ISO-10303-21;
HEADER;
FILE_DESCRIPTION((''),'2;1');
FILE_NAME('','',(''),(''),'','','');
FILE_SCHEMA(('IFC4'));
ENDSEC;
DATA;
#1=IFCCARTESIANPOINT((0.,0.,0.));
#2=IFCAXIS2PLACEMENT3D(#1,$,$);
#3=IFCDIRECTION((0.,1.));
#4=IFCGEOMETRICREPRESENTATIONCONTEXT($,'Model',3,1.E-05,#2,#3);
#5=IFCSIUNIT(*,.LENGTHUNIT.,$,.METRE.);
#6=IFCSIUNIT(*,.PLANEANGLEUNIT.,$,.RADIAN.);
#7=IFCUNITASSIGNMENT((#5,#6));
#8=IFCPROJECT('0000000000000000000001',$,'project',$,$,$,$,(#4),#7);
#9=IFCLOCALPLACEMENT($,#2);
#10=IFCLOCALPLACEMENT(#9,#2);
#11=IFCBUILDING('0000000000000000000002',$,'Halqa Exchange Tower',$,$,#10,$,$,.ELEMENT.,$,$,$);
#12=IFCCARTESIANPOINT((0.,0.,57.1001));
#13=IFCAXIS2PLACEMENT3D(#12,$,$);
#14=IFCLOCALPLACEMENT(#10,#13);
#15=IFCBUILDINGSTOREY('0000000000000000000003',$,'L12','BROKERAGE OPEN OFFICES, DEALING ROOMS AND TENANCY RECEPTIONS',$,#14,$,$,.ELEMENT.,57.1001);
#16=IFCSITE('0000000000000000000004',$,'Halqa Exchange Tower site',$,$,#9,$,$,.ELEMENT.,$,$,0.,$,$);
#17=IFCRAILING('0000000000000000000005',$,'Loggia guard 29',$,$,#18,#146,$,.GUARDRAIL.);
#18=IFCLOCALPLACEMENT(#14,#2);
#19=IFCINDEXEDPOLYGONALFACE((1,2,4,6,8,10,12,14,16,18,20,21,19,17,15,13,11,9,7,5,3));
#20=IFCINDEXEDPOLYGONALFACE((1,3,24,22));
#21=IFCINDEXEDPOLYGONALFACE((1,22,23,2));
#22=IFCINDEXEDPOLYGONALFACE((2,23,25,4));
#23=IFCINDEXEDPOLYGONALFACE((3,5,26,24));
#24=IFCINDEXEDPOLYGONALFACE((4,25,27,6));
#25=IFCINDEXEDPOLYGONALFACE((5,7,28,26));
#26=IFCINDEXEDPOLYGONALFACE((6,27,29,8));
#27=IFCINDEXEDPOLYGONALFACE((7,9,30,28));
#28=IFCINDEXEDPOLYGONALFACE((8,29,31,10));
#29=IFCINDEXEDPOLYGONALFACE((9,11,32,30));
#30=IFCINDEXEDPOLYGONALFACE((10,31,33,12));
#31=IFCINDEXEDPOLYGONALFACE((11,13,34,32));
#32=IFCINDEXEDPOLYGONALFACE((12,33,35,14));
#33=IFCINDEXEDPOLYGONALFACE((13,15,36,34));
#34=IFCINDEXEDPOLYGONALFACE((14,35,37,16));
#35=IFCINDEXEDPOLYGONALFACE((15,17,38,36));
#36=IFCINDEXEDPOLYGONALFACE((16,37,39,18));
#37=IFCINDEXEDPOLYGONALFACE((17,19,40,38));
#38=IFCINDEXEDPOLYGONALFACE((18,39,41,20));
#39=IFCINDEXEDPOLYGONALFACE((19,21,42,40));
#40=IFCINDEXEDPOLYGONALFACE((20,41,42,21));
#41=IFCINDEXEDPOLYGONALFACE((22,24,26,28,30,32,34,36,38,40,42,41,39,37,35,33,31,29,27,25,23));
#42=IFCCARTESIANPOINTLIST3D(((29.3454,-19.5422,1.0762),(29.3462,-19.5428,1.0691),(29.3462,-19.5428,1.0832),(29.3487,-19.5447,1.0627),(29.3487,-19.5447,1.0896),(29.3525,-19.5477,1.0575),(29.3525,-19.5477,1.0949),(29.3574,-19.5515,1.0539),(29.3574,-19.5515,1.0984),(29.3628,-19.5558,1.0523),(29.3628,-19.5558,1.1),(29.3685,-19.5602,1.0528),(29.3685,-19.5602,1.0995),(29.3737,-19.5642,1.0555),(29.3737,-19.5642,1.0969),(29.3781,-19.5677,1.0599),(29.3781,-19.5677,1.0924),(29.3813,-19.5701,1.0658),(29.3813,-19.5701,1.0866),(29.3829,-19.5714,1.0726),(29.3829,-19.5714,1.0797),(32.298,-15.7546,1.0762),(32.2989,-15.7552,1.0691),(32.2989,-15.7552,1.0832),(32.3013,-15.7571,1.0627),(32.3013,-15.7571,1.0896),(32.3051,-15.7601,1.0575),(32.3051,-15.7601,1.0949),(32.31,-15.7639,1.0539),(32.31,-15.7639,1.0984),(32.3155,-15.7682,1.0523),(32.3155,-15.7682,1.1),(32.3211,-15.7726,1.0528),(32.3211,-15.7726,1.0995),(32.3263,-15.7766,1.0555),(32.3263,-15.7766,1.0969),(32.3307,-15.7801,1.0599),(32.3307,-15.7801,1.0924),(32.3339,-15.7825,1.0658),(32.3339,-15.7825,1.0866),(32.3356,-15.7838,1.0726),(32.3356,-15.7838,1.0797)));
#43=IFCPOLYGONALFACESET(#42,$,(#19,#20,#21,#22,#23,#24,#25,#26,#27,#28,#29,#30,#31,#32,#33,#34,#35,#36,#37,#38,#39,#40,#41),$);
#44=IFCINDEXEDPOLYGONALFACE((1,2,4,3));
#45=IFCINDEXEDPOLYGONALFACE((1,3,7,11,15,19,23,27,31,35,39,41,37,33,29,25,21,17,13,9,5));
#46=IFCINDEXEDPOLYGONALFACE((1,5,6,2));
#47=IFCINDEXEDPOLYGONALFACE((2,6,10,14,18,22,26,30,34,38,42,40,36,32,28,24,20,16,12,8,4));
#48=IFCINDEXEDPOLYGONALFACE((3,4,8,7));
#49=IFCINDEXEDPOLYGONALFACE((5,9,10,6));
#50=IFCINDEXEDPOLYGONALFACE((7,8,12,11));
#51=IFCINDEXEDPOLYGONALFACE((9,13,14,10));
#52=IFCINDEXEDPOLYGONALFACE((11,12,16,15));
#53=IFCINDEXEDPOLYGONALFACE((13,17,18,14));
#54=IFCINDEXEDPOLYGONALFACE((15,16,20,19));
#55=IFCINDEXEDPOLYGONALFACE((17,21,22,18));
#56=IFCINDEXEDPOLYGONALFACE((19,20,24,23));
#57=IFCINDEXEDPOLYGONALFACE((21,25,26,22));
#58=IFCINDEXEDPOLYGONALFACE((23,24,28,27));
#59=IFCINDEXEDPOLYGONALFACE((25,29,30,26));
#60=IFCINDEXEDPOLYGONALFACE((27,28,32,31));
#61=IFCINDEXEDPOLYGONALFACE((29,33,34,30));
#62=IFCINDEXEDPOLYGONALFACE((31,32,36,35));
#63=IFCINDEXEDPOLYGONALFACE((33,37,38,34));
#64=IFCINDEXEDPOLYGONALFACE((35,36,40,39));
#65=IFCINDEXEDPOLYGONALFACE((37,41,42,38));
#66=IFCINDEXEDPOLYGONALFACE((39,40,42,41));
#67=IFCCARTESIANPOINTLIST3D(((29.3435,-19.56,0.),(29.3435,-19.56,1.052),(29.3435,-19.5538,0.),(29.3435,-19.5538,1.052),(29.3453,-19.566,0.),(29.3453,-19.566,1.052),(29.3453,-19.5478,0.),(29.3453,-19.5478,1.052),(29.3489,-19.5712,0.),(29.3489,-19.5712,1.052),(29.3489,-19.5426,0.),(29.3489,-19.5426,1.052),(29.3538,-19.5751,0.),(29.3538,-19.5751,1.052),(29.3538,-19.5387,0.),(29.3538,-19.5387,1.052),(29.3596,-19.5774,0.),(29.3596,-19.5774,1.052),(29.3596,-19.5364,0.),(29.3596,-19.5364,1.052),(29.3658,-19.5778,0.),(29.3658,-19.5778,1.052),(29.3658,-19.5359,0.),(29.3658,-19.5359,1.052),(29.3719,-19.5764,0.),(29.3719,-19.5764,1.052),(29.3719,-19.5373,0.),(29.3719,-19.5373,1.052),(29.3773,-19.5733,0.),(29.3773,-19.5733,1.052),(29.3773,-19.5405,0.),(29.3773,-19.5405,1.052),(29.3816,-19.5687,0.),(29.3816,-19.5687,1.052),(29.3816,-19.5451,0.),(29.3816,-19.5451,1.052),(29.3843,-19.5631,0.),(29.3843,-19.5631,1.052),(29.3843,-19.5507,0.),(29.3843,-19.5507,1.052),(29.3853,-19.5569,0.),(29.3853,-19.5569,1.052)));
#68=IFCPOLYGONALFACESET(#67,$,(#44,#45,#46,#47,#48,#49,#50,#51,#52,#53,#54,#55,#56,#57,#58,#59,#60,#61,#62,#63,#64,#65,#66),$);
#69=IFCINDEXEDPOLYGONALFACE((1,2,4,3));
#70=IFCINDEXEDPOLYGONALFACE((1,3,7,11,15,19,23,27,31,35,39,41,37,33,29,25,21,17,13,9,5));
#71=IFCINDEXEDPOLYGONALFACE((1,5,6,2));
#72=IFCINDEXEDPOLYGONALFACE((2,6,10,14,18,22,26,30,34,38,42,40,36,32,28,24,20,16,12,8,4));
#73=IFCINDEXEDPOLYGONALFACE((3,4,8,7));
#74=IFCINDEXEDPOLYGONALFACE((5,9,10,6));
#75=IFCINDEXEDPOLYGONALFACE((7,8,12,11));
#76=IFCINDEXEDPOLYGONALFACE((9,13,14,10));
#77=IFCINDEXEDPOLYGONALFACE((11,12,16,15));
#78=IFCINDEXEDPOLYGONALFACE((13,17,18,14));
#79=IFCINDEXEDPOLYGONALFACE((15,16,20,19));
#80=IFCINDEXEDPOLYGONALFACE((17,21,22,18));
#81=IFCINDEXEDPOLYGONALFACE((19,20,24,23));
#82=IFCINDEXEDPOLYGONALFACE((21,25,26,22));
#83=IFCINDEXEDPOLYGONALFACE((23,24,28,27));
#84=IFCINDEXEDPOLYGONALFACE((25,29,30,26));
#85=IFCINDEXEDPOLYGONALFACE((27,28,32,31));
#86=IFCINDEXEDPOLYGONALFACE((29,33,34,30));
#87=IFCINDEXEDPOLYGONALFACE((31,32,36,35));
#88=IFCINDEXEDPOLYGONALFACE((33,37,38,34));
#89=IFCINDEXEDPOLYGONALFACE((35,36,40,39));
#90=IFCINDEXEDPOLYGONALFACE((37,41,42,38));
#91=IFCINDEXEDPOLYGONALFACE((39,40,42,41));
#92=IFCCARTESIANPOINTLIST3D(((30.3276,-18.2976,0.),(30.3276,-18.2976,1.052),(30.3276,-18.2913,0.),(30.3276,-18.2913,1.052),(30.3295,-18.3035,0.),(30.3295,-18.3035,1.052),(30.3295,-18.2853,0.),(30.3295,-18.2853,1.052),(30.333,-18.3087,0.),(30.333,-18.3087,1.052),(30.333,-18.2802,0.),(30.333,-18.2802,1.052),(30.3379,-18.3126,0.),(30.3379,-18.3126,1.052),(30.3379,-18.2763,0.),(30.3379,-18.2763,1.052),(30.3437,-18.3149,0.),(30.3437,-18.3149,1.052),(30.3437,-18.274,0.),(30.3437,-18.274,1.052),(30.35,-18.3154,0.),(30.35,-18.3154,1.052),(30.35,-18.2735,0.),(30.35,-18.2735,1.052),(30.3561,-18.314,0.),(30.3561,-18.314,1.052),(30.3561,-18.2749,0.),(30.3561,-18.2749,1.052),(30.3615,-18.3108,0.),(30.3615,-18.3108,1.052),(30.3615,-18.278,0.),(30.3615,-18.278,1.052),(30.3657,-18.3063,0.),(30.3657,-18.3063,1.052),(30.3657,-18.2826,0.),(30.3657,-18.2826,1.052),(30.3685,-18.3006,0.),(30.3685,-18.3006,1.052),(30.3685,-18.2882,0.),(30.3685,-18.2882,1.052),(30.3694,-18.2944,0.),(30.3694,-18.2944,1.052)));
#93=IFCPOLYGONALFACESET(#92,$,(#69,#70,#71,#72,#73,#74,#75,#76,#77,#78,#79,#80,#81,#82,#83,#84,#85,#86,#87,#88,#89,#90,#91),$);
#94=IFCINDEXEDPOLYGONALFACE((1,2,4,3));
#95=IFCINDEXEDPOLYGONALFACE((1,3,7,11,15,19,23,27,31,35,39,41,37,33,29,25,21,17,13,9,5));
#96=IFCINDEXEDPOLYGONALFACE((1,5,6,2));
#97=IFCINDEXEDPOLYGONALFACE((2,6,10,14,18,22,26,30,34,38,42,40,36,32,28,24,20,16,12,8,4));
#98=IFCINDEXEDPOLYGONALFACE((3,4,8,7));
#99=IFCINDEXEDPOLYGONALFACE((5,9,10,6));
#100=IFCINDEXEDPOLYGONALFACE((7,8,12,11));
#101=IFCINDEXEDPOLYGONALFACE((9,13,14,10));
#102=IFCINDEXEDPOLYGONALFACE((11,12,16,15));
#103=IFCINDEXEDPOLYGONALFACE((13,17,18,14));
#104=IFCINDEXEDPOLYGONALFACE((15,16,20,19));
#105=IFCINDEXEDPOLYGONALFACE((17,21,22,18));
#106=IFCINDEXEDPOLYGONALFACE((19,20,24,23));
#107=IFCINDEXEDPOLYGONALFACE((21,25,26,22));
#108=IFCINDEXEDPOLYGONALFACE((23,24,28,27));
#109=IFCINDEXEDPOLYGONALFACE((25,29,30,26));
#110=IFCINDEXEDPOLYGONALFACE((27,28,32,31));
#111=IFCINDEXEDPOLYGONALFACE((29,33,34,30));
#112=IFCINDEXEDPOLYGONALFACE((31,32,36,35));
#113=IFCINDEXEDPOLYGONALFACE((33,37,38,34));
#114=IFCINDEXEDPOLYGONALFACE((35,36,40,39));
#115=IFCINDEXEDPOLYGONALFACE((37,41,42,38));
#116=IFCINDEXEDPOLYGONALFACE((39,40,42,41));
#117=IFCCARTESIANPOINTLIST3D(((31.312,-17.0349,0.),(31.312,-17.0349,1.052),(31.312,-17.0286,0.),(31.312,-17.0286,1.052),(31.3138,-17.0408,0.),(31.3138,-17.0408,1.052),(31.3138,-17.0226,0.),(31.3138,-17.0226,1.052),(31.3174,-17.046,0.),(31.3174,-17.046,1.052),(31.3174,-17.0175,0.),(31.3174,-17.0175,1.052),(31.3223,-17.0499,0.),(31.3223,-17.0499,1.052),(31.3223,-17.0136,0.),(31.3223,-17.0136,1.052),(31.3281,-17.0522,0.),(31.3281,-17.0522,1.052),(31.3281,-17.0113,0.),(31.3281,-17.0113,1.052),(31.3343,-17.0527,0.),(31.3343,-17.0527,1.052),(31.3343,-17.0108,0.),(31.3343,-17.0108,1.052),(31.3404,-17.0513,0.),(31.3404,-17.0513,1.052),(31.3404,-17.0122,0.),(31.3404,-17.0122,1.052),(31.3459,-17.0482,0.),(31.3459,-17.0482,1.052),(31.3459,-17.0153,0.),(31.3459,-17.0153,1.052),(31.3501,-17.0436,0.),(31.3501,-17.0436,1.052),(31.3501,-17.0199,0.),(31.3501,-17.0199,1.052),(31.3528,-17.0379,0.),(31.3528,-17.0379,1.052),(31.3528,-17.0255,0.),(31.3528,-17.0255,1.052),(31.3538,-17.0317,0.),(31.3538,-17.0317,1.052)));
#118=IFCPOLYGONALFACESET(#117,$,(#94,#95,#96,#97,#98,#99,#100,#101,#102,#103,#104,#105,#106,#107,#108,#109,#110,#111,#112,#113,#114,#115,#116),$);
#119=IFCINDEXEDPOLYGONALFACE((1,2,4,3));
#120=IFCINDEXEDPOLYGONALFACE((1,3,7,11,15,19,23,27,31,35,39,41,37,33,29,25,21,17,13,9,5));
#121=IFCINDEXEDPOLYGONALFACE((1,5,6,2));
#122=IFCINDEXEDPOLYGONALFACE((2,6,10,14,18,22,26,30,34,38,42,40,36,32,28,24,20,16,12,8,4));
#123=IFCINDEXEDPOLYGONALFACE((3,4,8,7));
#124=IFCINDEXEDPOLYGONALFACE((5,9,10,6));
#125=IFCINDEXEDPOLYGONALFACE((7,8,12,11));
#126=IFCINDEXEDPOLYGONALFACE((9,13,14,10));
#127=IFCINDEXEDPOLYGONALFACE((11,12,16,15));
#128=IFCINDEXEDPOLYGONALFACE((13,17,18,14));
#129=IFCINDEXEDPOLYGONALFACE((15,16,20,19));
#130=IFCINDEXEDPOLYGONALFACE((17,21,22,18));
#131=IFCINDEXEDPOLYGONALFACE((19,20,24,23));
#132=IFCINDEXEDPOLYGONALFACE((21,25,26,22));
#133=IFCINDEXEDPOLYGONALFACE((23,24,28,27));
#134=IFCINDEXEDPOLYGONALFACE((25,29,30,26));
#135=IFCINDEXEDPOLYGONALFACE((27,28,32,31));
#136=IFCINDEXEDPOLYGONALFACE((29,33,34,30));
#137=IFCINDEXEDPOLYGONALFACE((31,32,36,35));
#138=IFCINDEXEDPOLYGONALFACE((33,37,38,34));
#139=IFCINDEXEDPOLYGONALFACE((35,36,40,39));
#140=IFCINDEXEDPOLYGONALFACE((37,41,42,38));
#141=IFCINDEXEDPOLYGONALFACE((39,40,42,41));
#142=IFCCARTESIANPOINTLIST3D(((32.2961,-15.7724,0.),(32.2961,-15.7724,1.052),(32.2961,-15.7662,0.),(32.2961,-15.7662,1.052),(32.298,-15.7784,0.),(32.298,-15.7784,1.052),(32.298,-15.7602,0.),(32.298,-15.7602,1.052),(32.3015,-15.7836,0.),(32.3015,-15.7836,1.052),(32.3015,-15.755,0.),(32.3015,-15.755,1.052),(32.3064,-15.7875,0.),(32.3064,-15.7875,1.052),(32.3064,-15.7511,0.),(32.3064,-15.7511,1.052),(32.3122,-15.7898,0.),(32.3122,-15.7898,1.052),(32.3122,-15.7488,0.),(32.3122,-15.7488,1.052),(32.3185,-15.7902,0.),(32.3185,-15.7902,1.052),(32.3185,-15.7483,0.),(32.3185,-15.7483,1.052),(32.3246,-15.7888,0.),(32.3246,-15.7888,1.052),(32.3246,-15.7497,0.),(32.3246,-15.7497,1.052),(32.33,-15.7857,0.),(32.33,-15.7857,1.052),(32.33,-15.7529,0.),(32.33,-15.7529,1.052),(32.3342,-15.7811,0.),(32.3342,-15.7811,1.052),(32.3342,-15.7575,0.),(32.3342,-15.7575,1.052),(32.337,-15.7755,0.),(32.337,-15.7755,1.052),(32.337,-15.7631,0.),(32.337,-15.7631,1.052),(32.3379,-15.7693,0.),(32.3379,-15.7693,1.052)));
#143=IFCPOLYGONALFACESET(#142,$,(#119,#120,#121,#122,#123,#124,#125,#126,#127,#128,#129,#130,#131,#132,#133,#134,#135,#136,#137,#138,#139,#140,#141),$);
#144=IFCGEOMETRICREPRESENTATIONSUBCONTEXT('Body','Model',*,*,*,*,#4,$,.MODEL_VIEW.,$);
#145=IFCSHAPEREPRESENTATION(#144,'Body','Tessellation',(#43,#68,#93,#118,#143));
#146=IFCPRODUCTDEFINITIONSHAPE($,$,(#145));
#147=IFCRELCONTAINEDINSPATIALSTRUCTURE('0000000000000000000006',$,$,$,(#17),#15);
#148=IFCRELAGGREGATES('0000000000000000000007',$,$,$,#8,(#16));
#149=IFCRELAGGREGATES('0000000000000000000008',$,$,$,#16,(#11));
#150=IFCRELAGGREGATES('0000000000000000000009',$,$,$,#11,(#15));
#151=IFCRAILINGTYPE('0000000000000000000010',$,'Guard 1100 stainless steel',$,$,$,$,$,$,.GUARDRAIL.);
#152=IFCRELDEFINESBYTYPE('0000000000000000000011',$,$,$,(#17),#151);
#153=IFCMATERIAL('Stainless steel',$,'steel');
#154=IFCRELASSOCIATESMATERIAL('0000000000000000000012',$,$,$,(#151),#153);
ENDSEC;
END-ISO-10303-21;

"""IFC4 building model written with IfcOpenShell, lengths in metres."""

from ifc_helpers import new_model, si_unit, direction, frame, origin, origin_2d, place, context, subcontext, project, spatial, circle, extrude, material, type_object, element, save


model = new_model("IFC4")

# Units and contexts
model_context = context("Model", 3, precision=1e-05, world=origin(), true_north=direction((0.0, 1.0)))
body_context = subcontext(model_context, "Body", "Model", "MODEL_VIEW")
ifc_project = project(units=[si_unit("LENGTHUNIT", "METRE"), si_unit("PLANEANGLEUNIT", "RADIAN")], contexts=[model_context])

# Site, building, storey
site_placement = place(None, origin())
site = spatial("IfcSite", under=ifc_project, at=site_placement, Name="Halqa Exchange Tower site", CompositionType="ELEMENT", RefElevation=0.0)
building_placement = place(site_placement, origin())
building = spatial("IfcBuilding", under=site, at=building_placement, Name="Halqa Exchange Tower", CompositionType="ELEMENT")
storey_placement = place(building_placement, frame((0.0, 0.0, 57.1001)))
storey = spatial("IfcBuildingStorey", under=building, at=storey_placement, Name="L12", Description="BROKERAGE OPEN OFFICES, DEALING ROOMS AND TENANCY RECEPTIONS", CompositionType="ELEMENT", Elevation=57.1001)

# Railing
ifc_material_1 = material(Name="Stainless steel", Category="steel")
railing_type = type_object("IfcRailingType", Name="Guard 1100 stainless steel", PredefinedType="GUARDRAIL", material=ifc_material_1)
railing_1_placement = place(storey_placement, frame((29.3643, -19.5569, 0.0)))
element("IfcRailing", 1, at=railing_1_placement, inside=storey, type_object=railing_type, Name="Loggia guard 29", PredefinedType="GUARDRAIL", context=body_context, shape_type="SweptSolid", body=[
    extrude(circle(Radius=0.0239, at=origin_2d()), frame((0.0, 0.0, 1.0762), z_axis=(0.614813, 0.788673, 0.0), x_axis=(-0.788673, 0.614813, 0.0)), (0.0, 0.0, 1.0), 4.8025),
    extrude(circle(Radius=0.021, at=origin_2d()), origin(), (0.0, 0.0, 1.0), 1.052),
    extrude(circle(Radius=0.021, at=origin_2d()), frame((0.9841, 1.2625, 0.0)), (0.0, 0.0, 1.0), 1.052),
    extrude(circle(Radius=0.021, at=origin_2d()), frame((1.9685, 2.5251, 0.0)), (0.0, 0.0, 1.0), 1.052),
    extrude(circle(Radius=0.021, at=origin_2d()), frame((2.9526, 3.7876, 0.0)), (0.0, 0.0, 1.0), 1.052),
])

save(model, "model.ifc")
